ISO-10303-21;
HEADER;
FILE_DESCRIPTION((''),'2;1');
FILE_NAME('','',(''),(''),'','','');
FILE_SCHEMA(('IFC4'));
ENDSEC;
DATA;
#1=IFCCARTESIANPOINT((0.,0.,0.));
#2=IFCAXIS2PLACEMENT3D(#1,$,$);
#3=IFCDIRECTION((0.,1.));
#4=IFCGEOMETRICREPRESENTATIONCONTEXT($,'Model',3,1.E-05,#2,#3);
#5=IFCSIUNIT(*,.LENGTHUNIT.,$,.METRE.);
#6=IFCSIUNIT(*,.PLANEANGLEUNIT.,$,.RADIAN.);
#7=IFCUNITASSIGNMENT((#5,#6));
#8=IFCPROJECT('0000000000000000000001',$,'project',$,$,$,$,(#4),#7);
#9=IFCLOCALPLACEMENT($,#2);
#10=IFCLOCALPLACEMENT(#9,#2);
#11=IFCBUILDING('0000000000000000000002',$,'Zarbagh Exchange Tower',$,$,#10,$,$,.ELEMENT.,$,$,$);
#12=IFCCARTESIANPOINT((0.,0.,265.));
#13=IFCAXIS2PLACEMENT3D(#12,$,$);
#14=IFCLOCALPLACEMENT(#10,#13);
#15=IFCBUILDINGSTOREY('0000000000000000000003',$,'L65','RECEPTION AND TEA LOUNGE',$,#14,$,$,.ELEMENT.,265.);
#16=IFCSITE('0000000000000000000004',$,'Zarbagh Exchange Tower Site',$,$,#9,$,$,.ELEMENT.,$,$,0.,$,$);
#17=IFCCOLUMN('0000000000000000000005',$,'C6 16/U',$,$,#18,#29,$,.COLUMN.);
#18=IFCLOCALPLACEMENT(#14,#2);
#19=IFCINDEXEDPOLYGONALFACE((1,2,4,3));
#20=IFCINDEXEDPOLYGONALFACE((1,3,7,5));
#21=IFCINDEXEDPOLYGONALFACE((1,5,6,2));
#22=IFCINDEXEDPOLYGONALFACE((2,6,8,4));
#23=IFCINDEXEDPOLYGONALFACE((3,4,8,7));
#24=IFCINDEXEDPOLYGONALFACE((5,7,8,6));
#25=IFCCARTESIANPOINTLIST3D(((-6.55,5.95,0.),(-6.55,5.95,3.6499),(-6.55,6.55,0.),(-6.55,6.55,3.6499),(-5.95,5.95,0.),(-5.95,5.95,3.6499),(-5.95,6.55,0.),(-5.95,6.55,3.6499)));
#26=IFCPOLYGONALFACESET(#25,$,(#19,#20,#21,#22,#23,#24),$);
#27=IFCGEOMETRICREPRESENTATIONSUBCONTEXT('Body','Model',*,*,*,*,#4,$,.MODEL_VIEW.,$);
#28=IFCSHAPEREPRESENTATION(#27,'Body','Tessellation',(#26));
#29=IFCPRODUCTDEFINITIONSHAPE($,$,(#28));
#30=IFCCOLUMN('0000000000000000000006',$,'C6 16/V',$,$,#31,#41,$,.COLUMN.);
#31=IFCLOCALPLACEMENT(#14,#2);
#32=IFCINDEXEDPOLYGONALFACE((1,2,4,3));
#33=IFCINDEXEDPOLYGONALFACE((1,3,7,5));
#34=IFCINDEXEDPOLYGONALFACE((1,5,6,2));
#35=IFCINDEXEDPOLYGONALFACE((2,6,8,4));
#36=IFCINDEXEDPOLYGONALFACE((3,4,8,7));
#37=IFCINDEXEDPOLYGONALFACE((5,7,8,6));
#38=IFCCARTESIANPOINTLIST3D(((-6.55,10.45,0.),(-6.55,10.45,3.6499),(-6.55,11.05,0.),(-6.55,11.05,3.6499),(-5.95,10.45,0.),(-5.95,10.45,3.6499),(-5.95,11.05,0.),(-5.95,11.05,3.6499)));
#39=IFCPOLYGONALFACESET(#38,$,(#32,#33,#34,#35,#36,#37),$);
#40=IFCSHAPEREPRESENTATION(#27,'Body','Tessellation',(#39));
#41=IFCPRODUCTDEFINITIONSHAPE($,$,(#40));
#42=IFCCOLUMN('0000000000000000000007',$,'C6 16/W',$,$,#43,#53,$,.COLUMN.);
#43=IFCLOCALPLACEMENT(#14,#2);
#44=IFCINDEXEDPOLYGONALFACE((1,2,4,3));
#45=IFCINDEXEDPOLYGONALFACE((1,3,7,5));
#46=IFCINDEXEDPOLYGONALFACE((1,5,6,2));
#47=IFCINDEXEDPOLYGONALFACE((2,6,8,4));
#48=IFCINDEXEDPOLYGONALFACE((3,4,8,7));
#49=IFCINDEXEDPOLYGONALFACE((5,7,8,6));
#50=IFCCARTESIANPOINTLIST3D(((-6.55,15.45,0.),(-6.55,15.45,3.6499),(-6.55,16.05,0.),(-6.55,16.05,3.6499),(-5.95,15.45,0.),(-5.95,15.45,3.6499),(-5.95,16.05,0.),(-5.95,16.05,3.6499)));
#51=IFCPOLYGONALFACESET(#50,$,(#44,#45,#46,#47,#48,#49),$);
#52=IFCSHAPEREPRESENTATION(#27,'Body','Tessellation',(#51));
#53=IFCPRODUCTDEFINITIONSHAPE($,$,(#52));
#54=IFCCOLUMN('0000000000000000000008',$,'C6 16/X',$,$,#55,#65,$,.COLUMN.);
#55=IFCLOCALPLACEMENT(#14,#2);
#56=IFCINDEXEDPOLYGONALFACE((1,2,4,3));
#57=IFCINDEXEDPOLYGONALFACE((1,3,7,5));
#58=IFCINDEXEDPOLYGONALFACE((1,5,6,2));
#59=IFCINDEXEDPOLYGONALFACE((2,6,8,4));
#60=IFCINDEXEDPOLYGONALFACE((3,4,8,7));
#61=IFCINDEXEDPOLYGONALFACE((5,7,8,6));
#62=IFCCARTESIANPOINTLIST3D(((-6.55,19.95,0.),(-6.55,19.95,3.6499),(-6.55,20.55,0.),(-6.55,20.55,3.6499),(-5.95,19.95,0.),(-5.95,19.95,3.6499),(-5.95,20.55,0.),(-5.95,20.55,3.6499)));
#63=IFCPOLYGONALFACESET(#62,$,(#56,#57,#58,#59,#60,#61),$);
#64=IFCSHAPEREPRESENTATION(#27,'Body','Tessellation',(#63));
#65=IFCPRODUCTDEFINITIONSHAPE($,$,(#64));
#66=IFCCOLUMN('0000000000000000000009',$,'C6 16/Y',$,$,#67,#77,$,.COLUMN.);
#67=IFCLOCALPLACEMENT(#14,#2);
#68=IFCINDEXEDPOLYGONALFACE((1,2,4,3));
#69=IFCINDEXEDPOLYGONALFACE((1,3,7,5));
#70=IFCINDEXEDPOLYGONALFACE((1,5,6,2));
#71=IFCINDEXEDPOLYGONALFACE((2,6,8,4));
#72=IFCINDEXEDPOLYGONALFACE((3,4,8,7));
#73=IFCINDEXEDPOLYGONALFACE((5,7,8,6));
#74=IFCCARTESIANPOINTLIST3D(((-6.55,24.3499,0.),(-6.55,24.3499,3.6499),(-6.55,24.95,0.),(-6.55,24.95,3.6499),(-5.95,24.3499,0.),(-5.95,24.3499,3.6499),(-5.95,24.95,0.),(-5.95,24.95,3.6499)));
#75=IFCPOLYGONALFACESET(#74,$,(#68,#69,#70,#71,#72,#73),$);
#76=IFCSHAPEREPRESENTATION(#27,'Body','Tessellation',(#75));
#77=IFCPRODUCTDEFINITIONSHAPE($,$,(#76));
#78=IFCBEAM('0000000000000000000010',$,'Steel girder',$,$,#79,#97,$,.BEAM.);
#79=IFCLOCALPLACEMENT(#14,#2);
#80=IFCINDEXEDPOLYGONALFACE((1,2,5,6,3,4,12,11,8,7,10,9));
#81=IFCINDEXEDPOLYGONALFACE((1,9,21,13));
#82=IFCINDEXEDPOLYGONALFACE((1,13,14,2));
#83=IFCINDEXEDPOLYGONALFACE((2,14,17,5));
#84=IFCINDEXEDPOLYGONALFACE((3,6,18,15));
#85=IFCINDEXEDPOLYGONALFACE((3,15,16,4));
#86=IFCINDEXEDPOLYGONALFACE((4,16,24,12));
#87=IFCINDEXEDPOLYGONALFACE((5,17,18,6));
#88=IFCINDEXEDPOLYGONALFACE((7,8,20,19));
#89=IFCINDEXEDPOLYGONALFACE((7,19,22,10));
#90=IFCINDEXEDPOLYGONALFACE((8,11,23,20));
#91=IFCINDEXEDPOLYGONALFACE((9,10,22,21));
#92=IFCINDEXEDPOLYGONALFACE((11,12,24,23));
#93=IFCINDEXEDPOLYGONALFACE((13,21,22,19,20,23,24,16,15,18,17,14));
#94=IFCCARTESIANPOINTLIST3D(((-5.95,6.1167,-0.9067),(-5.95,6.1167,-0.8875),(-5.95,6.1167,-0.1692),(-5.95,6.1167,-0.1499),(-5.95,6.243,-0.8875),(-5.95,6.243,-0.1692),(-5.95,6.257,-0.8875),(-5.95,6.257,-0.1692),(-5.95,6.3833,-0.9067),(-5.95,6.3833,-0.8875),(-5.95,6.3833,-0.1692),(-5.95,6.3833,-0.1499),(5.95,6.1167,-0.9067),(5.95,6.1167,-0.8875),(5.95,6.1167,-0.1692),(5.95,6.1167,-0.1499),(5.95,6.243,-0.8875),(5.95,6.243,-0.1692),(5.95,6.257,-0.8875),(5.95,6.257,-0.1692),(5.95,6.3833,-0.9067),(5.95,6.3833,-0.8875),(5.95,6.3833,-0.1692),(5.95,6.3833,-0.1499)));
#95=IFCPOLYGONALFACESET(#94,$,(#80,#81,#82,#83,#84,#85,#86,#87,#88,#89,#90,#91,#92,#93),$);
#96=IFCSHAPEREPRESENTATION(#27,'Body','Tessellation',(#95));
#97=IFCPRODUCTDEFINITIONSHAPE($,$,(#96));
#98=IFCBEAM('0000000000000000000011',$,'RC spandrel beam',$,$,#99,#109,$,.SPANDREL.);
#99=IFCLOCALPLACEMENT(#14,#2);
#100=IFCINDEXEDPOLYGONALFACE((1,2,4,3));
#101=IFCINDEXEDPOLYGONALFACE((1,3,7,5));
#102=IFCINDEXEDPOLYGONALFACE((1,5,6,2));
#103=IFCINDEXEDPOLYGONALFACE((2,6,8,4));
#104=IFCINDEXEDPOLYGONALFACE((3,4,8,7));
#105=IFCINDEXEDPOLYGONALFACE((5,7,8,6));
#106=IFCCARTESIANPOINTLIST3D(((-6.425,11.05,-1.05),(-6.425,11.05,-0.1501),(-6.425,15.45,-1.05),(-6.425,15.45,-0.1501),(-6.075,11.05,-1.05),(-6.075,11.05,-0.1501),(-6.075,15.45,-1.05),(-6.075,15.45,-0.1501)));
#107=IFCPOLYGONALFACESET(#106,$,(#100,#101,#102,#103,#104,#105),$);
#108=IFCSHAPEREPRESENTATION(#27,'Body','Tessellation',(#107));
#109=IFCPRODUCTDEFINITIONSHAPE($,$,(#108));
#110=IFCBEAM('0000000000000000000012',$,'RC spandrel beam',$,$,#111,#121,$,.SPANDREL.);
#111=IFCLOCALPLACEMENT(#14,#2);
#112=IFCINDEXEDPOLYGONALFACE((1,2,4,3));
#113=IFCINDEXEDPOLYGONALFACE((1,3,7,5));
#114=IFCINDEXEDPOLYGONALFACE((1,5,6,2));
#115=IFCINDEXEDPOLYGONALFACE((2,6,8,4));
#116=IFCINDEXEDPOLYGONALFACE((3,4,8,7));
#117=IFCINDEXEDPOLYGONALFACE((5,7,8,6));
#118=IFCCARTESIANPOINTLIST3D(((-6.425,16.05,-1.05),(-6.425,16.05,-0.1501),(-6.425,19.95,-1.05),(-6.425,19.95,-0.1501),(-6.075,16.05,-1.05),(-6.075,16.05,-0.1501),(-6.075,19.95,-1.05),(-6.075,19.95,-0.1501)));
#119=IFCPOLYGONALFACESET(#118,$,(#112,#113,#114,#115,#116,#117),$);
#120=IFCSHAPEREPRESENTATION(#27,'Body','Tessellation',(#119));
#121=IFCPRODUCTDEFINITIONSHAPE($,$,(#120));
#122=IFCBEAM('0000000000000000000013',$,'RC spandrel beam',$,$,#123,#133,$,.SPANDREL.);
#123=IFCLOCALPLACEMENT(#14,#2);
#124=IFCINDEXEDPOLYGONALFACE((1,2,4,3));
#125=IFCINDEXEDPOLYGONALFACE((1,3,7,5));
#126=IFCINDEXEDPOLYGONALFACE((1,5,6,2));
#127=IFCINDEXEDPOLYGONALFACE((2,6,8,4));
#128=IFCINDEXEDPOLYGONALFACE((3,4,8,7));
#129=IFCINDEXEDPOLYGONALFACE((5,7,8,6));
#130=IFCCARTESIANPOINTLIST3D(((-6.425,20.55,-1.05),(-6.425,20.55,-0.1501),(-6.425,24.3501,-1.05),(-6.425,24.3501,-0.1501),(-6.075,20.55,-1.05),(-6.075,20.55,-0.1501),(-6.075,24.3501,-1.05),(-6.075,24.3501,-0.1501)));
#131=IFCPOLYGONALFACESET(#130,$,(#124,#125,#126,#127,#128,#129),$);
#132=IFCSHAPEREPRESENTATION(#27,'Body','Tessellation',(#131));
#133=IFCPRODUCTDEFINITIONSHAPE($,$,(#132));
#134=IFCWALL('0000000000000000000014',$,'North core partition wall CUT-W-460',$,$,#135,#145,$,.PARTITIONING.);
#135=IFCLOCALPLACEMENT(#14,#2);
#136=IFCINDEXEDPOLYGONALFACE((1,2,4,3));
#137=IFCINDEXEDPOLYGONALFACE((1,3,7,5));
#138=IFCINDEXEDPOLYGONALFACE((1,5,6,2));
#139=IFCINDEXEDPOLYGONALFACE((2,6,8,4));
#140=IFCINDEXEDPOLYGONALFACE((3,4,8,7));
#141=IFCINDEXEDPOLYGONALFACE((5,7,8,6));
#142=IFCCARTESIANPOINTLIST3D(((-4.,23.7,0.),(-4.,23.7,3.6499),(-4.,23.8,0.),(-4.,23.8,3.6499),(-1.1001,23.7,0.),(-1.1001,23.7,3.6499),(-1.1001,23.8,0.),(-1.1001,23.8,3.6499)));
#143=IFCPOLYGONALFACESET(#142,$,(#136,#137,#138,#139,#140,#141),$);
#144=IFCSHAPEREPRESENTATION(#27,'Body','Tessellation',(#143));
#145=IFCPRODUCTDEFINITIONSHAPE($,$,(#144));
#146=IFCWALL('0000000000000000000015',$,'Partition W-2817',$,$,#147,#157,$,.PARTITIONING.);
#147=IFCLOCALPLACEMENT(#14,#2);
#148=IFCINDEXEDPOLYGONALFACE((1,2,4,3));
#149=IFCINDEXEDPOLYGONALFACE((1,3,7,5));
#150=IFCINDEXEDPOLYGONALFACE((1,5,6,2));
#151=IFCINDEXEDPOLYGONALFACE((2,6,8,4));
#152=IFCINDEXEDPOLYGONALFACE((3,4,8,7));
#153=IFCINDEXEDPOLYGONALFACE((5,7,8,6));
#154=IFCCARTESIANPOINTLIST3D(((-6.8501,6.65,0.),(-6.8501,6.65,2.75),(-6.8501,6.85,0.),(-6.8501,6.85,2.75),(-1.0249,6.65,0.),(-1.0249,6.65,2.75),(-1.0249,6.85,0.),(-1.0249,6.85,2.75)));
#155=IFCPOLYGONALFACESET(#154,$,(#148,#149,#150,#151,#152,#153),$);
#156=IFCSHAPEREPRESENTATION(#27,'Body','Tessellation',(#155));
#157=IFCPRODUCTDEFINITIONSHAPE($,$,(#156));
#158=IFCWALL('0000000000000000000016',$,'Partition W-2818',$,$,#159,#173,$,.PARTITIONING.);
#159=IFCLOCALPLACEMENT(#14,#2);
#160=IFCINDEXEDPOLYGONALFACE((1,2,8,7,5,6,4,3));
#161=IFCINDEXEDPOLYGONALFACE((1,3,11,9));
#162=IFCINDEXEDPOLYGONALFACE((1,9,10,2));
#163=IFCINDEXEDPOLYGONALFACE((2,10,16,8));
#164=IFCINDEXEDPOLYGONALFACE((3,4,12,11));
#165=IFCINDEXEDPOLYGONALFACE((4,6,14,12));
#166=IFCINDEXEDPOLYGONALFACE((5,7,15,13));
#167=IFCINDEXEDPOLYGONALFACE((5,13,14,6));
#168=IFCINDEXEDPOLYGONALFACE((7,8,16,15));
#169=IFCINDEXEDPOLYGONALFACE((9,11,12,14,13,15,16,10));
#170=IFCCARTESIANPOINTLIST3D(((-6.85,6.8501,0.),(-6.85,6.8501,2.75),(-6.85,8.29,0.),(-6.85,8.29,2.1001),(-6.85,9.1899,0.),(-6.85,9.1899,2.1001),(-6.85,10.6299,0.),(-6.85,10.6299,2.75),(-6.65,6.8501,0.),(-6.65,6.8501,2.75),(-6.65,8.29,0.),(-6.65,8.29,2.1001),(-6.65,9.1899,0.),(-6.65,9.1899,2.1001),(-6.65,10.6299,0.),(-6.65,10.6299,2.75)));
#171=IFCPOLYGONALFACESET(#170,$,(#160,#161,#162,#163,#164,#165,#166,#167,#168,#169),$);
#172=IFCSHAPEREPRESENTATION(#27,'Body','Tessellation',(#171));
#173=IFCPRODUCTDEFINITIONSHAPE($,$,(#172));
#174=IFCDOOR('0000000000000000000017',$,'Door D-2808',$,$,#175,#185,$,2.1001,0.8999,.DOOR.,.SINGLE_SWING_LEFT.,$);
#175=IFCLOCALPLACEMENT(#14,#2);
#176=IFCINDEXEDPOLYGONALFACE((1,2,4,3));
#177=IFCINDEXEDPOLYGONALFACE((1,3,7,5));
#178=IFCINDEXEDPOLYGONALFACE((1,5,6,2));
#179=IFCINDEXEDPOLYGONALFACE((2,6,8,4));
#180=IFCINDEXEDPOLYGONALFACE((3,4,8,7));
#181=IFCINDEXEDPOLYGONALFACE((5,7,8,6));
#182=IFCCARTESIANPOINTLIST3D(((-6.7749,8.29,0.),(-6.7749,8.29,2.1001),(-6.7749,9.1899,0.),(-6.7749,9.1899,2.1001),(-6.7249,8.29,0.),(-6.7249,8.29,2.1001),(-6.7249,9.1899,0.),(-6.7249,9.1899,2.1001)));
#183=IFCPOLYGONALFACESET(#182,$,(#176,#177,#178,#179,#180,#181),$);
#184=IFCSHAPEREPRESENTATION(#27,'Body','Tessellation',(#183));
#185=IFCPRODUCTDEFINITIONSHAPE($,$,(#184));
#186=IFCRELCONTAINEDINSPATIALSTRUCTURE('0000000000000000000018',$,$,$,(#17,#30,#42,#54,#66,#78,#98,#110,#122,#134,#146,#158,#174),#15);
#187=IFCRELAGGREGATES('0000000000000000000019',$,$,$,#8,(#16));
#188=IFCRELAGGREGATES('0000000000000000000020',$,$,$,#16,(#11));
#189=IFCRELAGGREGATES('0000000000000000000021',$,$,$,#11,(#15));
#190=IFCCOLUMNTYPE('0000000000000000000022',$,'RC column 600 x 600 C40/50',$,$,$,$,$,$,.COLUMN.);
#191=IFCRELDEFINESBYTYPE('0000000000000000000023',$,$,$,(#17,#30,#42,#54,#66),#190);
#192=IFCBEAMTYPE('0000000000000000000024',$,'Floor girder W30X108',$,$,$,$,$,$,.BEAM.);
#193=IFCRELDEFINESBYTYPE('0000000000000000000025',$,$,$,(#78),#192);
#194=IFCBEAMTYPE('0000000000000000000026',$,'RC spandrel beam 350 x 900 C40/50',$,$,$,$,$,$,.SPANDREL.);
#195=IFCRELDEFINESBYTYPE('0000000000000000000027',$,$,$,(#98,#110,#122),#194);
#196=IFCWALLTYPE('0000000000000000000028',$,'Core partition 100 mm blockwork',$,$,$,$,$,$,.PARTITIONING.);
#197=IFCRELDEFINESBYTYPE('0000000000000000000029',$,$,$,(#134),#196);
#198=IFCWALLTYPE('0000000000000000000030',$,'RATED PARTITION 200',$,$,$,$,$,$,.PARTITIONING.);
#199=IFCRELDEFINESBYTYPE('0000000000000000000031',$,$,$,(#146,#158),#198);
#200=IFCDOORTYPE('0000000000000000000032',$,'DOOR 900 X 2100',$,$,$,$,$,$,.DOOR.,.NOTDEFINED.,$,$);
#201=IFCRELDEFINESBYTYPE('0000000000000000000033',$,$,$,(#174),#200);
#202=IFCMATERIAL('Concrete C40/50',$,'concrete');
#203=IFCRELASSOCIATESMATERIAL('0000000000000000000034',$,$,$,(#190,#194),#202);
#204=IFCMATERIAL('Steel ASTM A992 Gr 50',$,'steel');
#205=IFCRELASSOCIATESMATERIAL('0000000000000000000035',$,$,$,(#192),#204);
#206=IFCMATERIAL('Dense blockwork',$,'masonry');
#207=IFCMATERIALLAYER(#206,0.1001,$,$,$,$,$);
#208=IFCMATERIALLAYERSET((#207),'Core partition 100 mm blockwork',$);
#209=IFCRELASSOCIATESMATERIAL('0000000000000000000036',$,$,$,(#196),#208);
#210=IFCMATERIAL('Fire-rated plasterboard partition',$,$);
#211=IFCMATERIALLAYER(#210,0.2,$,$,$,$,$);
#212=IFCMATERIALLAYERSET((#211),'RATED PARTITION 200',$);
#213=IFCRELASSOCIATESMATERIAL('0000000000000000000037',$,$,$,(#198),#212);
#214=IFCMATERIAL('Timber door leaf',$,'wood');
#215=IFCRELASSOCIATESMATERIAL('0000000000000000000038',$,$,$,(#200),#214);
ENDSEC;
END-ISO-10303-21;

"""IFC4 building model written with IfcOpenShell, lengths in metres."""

from ifc_helpers import new_model, si_unit, direction, frame, frame_2d, origin, origin_2d, place, context, subcontext, project, spatial, rectangle, i_section, extrude, material, layer, layer_set, material_profile, profile_set, type_object, element, fill, save


model = new_model("IFC4")

# Units and contexts
model_context = context("Model", 3, precision=1e-05, world=origin(), true_north=direction((0.0, 1.0)))
body_context = subcontext(model_context, "Body", "Model", "MODEL_VIEW")
ifc_project = project(units=[si_unit("LENGTHUNIT", "METRE"), si_unit("PLANEANGLEUNIT", "RADIAN")], contexts=[model_context])

# Site, building, storey
site_placement = place(None, origin())
site = spatial("IfcSite", under=ifc_project, at=site_placement, Name="Zarbagh Exchange Tower Site", CompositionType="ELEMENT", RefElevation=0.0)
building_placement = place(site_placement, origin())
building = spatial("IfcBuilding", under=site, at=building_placement, Name="Zarbagh Exchange Tower", CompositionType="ELEMENT")
storey_placement = place(building_placement, frame((0.0, 0.0, 265.0)))
storey = spatial("IfcBuildingStorey", under=building, at=storey_placement, Name="L65", Description="RECEPTION AND TEA LOUNGE", CompositionType="ELEMENT", Elevation=265.0)

# Columns
ifc_material_1 = material(Name="Concrete C40/50", Category="concrete")
ifc_material_profile_1 = material_profile(ifc_material_1, rectangle(XDim=0.6001, YDim=0.6001, at=origin_2d()), Name="RC column 600 x 600 C40/50")
ifc_profile_set_1 = profile_set([ifc_material_profile_1], Name="Concrete C40/50")
column_type = type_object("IfcColumnType", Name="RC column 600 x 600 C40/50", PredefinedType="COLUMN", material=ifc_profile_set_1)
for number, where, z_axis, x_axis, name in (
    (1, (-6.25, 6.25, 0.0), (0.0, 0.0, 1.0), (1.0, 0.0, 0.0), "C6 16/U"),
    (2, (-6.25, 10.75, 0.0), (0.0, 0.0, 1.0), (1.0, 0.0, 0.0), "C6 16/V"),
    (3, (-6.25, 15.75, 0.0), (0.0, 0.0, 1.0), (1.0, 0.0, 0.0), "C6 16/W"),
    (4, (-6.25, 20.25, 0.0), (0.0, 0.0, 1.0), (1.0, 0.0, 0.0), "C6 16/X"),
    (5, (-6.25, 24.6499, 0.0), (0.0, 0.0, 1.0), (1.0, 0.0, 0.0), "C6 16/Y"),
):
    element("IfcColumn", number, at=place(storey_placement, frame(where, z_axis=z_axis, x_axis=x_axis)), inside=storey, type_object=column_type, Name=name, PredefinedType="COLUMN", context=body_context, shape_type="SweptSolid", body=[
        extrude(rectangle(XDim=0.6001, YDim=0.6001, at=origin_2d()), origin(), (0.0, 0.0, 1.0), 3.6499),
    ])

# Beams
ifc_material_2 = material(Name="Steel ASTM A992 Gr 50", Category="steel")
ifc_material_profile_2 = material_profile(ifc_material_2, i_section(OverallWidth=0.2666, OverallDepth=0.7568, WebThickness=0.0139, FlangeThickness=0.0193, at=origin_2d()), Name="W30X108")
ifc_profile_set_2 = profile_set([ifc_material_profile_2], Name="Steel ASTM A992 Gr 50")
beam_type_1 = type_object("IfcBeamType", Name="Floor girder W30X108", PredefinedType="BEAM", material=ifc_profile_set_2)
beam_1_placement = place(storey_placement, frame((-5.95, 6.25, -0.5283), z_axis=(1.0, 0.0, 0.0), x_axis=(0.0, 1.0, 0.0)))
element("IfcBeam", 6, at=beam_1_placement, inside=storey, type_object=beam_type_1, Name="Steel girder", PredefinedType="BEAM", context=body_context, shape_type="SweptSolid", body=[
    extrude(i_section(OverallWidth=0.2666, OverallDepth=0.7568, WebThickness=0.0139, FlangeThickness=0.0193, at=origin_2d()), origin(), (0.0, 0.0, 1.0), 11.8999),
])
ifc_material_profile_3 = material_profile(ifc_material_1, rectangle(XDim=0.3501, YDim=0.8999, at=origin_2d()), Name="RC spandrel beam 350 x 900 C40/50")
ifc_profile_set_3 = profile_set([ifc_material_profile_3], Name="Concrete C40/50")
beam_type_2 = type_object("IfcBeamType", Name="RC spandrel beam 350 x 900 C40/50", PredefinedType="SPANDREL", material=ifc_profile_set_3)
beam_2_placement = place(storey_placement, frame((-6.25, 11.05, -0.6001), z_axis=(0.0, 1.0, 0.0), x_axis=(-1.0, 0.0, 0.0)))
element("IfcBeam", 7, at=beam_2_placement, inside=storey, type_object=beam_type_2, Name="RC spandrel beam", PredefinedType="SPANDREL", context=body_context, shape_type="SweptSolid", body=[
    extrude(rectangle(XDim=0.3501, YDim=0.8999, at=origin_2d()), origin(), (0.0, 0.0, 1.0), 4.3999),
])
beam_3_placement = place(storey_placement, frame((-6.25, 16.05, -0.6001), z_axis=(0.0, 1.0, 0.0), x_axis=(-1.0, 0.0, 0.0)))
element("IfcBeam", 8, at=beam_3_placement, inside=storey, type_object=beam_type_2, Name="RC spandrel beam", PredefinedType="SPANDREL", context=body_context, shape_type="SweptSolid", body=[
    extrude(rectangle(XDim=0.3501, YDim=0.8999, at=origin_2d()), origin(), (0.0, 0.0, 1.0), 3.8999),
])
beam_4_placement = place(storey_placement, frame((-6.25, 20.55, -0.6001), z_axis=(0.0, 1.0, 0.0), x_axis=(-1.0, 0.0, 0.0)))
element("IfcBeam", 9, at=beam_4_placement, inside=storey, type_object=beam_type_2, Name="RC spandrel beam", PredefinedType="SPANDREL", context=body_context, shape_type="SweptSolid", body=[
    extrude(rectangle(XDim=0.3501, YDim=0.8999, at=origin_2d()), origin(), (0.0, 0.0, 1.0), 3.8),
])

# Walls
ifc_material_3 = material(Name="Dense blockwork", Category="masonry")
ifc_layer_1 = layer(ifc_material_3, 0.1001)
ifc_layer_set_1 = layer_set([ifc_layer_1], Name="Core partition 100 mm blockwork")
wall_type_1 = type_object("IfcWallType", Name="Core partition 100 mm blockwork", PredefinedType="PARTITIONING", material=ifc_layer_set_1)
wall_1_placement = place(storey_placement, frame((-4.0, 23.75, 0.0), z_axis=(0.0, 0.0, 1.0), x_axis=(1.0, 0.0, 0.0)))
element("IfcWall", 10, at=wall_1_placement, inside=storey, type_object=wall_type_1, Name="North core partition wall CUT-W-460", PredefinedType="PARTITIONING", context=body_context, shape_type="SweptSolid", body=[
    extrude(rectangle(XDim=2.8999, YDim=0.1001, at=frame_2d((1.45, 0.0))), origin(), (0.0, 0.0, 1.0), 3.6499),
])
ifc_material_4 = material(Name="Fire-rated plasterboard partition")
ifc_layer_2 = layer(ifc_material_4, 0.2)
ifc_layer_set_2 = layer_set([ifc_layer_2], Name="RATED PARTITION 200")
wall_type_2 = type_object("IfcWallType", Name="RATED PARTITION 200", PredefinedType="PARTITIONING", material=ifc_layer_set_2)
wall_2_placement = place(storey_placement, frame((-6.8501, 6.75, 0.0), z_axis=(0.0, 0.0, 1.0), x_axis=(1.0, 0.0, 0.0)))
element("IfcWall", 11, at=wall_2_placement, inside=storey, type_object=wall_type_2, Name="Partition W-2817", PredefinedType="PARTITIONING", context=body_context, shape_type="SweptSolid", body=[
    extrude(rectangle(XDim=5.8252, YDim=0.2, at=frame_2d((2.9126, 0.0))), origin(), (0.0, 0.0, 1.0), 2.75),
])

# Wall, opening, door
wall_3_placement = place(storey_placement, frame((-6.75, 6.8501, 0.0), z_axis=(0.0, 0.0, 1.0), x_axis=(0.0, 1.0, 0.0)))
wall_3 = element("IfcWall", 12, at=wall_3_placement, inside=storey, type_object=wall_type_2, Name="Partition W-2818", PredefinedType="PARTITIONING", context=body_context, shape_type="SweptSolid", body=[
    extrude(rectangle(XDim=3.7798, YDim=0.2, at=frame_2d((1.8899, 0.0))), origin(), (0.0, 0.0, 1.0), 2.75),
])
opening_1_placement = place(wall_3_placement, frame((1.4399, 0.0, 0.0)))
opening_1 = element("IfcOpeningElement", 13, at=opening_1_placement, cuts=wall_3, PredefinedType="OPENING", context=body_context, shape_type="SweptSolid", body=[
    extrude(rectangle(XDim=0.8999, YDim=2.1001, at=frame_2d((0.45, 1.05))), frame((0.0, 0.1099, 0.0), z_axis=(0.0, -1.0, 0.0), x_axis=(1.0, 0.0, 0.0)), (0.0, 0.0, 1.0), 0.22),
])
ifc_material_5 = material(Name="Timber door leaf", Category="wood")
door_type_1 = type_object("IfcDoorType", Name="DOOR 900 X 2100", OperationType="NOTDEFINED", PredefinedType="DOOR", material=ifc_material_5)
door_1_placement = place(opening_1_placement, origin())
door_1 = element("IfcDoor", 14, at=door_1_placement, inside=storey, type_object=door_type_1, Name="Door D-2808", OperationType="SINGLE_SWING_LEFT", OverallHeight=2.1001, OverallWidth=0.8999, PredefinedType="DOOR", context=body_context, shape_type="SweptSolid", body=[
    extrude(rectangle(XDim=0.8999, YDim=2.1001, at=frame_2d((0.45, 1.05))), frame((0.0, 0.0249, 0.0), z_axis=(0.0, -1.0, 0.0), x_axis=(1.0, 0.0, 0.0)), (0.0, 0.0, 1.0), 0.05),
])
fill(opening_1, door_1)

save(model, "model.ifc")
